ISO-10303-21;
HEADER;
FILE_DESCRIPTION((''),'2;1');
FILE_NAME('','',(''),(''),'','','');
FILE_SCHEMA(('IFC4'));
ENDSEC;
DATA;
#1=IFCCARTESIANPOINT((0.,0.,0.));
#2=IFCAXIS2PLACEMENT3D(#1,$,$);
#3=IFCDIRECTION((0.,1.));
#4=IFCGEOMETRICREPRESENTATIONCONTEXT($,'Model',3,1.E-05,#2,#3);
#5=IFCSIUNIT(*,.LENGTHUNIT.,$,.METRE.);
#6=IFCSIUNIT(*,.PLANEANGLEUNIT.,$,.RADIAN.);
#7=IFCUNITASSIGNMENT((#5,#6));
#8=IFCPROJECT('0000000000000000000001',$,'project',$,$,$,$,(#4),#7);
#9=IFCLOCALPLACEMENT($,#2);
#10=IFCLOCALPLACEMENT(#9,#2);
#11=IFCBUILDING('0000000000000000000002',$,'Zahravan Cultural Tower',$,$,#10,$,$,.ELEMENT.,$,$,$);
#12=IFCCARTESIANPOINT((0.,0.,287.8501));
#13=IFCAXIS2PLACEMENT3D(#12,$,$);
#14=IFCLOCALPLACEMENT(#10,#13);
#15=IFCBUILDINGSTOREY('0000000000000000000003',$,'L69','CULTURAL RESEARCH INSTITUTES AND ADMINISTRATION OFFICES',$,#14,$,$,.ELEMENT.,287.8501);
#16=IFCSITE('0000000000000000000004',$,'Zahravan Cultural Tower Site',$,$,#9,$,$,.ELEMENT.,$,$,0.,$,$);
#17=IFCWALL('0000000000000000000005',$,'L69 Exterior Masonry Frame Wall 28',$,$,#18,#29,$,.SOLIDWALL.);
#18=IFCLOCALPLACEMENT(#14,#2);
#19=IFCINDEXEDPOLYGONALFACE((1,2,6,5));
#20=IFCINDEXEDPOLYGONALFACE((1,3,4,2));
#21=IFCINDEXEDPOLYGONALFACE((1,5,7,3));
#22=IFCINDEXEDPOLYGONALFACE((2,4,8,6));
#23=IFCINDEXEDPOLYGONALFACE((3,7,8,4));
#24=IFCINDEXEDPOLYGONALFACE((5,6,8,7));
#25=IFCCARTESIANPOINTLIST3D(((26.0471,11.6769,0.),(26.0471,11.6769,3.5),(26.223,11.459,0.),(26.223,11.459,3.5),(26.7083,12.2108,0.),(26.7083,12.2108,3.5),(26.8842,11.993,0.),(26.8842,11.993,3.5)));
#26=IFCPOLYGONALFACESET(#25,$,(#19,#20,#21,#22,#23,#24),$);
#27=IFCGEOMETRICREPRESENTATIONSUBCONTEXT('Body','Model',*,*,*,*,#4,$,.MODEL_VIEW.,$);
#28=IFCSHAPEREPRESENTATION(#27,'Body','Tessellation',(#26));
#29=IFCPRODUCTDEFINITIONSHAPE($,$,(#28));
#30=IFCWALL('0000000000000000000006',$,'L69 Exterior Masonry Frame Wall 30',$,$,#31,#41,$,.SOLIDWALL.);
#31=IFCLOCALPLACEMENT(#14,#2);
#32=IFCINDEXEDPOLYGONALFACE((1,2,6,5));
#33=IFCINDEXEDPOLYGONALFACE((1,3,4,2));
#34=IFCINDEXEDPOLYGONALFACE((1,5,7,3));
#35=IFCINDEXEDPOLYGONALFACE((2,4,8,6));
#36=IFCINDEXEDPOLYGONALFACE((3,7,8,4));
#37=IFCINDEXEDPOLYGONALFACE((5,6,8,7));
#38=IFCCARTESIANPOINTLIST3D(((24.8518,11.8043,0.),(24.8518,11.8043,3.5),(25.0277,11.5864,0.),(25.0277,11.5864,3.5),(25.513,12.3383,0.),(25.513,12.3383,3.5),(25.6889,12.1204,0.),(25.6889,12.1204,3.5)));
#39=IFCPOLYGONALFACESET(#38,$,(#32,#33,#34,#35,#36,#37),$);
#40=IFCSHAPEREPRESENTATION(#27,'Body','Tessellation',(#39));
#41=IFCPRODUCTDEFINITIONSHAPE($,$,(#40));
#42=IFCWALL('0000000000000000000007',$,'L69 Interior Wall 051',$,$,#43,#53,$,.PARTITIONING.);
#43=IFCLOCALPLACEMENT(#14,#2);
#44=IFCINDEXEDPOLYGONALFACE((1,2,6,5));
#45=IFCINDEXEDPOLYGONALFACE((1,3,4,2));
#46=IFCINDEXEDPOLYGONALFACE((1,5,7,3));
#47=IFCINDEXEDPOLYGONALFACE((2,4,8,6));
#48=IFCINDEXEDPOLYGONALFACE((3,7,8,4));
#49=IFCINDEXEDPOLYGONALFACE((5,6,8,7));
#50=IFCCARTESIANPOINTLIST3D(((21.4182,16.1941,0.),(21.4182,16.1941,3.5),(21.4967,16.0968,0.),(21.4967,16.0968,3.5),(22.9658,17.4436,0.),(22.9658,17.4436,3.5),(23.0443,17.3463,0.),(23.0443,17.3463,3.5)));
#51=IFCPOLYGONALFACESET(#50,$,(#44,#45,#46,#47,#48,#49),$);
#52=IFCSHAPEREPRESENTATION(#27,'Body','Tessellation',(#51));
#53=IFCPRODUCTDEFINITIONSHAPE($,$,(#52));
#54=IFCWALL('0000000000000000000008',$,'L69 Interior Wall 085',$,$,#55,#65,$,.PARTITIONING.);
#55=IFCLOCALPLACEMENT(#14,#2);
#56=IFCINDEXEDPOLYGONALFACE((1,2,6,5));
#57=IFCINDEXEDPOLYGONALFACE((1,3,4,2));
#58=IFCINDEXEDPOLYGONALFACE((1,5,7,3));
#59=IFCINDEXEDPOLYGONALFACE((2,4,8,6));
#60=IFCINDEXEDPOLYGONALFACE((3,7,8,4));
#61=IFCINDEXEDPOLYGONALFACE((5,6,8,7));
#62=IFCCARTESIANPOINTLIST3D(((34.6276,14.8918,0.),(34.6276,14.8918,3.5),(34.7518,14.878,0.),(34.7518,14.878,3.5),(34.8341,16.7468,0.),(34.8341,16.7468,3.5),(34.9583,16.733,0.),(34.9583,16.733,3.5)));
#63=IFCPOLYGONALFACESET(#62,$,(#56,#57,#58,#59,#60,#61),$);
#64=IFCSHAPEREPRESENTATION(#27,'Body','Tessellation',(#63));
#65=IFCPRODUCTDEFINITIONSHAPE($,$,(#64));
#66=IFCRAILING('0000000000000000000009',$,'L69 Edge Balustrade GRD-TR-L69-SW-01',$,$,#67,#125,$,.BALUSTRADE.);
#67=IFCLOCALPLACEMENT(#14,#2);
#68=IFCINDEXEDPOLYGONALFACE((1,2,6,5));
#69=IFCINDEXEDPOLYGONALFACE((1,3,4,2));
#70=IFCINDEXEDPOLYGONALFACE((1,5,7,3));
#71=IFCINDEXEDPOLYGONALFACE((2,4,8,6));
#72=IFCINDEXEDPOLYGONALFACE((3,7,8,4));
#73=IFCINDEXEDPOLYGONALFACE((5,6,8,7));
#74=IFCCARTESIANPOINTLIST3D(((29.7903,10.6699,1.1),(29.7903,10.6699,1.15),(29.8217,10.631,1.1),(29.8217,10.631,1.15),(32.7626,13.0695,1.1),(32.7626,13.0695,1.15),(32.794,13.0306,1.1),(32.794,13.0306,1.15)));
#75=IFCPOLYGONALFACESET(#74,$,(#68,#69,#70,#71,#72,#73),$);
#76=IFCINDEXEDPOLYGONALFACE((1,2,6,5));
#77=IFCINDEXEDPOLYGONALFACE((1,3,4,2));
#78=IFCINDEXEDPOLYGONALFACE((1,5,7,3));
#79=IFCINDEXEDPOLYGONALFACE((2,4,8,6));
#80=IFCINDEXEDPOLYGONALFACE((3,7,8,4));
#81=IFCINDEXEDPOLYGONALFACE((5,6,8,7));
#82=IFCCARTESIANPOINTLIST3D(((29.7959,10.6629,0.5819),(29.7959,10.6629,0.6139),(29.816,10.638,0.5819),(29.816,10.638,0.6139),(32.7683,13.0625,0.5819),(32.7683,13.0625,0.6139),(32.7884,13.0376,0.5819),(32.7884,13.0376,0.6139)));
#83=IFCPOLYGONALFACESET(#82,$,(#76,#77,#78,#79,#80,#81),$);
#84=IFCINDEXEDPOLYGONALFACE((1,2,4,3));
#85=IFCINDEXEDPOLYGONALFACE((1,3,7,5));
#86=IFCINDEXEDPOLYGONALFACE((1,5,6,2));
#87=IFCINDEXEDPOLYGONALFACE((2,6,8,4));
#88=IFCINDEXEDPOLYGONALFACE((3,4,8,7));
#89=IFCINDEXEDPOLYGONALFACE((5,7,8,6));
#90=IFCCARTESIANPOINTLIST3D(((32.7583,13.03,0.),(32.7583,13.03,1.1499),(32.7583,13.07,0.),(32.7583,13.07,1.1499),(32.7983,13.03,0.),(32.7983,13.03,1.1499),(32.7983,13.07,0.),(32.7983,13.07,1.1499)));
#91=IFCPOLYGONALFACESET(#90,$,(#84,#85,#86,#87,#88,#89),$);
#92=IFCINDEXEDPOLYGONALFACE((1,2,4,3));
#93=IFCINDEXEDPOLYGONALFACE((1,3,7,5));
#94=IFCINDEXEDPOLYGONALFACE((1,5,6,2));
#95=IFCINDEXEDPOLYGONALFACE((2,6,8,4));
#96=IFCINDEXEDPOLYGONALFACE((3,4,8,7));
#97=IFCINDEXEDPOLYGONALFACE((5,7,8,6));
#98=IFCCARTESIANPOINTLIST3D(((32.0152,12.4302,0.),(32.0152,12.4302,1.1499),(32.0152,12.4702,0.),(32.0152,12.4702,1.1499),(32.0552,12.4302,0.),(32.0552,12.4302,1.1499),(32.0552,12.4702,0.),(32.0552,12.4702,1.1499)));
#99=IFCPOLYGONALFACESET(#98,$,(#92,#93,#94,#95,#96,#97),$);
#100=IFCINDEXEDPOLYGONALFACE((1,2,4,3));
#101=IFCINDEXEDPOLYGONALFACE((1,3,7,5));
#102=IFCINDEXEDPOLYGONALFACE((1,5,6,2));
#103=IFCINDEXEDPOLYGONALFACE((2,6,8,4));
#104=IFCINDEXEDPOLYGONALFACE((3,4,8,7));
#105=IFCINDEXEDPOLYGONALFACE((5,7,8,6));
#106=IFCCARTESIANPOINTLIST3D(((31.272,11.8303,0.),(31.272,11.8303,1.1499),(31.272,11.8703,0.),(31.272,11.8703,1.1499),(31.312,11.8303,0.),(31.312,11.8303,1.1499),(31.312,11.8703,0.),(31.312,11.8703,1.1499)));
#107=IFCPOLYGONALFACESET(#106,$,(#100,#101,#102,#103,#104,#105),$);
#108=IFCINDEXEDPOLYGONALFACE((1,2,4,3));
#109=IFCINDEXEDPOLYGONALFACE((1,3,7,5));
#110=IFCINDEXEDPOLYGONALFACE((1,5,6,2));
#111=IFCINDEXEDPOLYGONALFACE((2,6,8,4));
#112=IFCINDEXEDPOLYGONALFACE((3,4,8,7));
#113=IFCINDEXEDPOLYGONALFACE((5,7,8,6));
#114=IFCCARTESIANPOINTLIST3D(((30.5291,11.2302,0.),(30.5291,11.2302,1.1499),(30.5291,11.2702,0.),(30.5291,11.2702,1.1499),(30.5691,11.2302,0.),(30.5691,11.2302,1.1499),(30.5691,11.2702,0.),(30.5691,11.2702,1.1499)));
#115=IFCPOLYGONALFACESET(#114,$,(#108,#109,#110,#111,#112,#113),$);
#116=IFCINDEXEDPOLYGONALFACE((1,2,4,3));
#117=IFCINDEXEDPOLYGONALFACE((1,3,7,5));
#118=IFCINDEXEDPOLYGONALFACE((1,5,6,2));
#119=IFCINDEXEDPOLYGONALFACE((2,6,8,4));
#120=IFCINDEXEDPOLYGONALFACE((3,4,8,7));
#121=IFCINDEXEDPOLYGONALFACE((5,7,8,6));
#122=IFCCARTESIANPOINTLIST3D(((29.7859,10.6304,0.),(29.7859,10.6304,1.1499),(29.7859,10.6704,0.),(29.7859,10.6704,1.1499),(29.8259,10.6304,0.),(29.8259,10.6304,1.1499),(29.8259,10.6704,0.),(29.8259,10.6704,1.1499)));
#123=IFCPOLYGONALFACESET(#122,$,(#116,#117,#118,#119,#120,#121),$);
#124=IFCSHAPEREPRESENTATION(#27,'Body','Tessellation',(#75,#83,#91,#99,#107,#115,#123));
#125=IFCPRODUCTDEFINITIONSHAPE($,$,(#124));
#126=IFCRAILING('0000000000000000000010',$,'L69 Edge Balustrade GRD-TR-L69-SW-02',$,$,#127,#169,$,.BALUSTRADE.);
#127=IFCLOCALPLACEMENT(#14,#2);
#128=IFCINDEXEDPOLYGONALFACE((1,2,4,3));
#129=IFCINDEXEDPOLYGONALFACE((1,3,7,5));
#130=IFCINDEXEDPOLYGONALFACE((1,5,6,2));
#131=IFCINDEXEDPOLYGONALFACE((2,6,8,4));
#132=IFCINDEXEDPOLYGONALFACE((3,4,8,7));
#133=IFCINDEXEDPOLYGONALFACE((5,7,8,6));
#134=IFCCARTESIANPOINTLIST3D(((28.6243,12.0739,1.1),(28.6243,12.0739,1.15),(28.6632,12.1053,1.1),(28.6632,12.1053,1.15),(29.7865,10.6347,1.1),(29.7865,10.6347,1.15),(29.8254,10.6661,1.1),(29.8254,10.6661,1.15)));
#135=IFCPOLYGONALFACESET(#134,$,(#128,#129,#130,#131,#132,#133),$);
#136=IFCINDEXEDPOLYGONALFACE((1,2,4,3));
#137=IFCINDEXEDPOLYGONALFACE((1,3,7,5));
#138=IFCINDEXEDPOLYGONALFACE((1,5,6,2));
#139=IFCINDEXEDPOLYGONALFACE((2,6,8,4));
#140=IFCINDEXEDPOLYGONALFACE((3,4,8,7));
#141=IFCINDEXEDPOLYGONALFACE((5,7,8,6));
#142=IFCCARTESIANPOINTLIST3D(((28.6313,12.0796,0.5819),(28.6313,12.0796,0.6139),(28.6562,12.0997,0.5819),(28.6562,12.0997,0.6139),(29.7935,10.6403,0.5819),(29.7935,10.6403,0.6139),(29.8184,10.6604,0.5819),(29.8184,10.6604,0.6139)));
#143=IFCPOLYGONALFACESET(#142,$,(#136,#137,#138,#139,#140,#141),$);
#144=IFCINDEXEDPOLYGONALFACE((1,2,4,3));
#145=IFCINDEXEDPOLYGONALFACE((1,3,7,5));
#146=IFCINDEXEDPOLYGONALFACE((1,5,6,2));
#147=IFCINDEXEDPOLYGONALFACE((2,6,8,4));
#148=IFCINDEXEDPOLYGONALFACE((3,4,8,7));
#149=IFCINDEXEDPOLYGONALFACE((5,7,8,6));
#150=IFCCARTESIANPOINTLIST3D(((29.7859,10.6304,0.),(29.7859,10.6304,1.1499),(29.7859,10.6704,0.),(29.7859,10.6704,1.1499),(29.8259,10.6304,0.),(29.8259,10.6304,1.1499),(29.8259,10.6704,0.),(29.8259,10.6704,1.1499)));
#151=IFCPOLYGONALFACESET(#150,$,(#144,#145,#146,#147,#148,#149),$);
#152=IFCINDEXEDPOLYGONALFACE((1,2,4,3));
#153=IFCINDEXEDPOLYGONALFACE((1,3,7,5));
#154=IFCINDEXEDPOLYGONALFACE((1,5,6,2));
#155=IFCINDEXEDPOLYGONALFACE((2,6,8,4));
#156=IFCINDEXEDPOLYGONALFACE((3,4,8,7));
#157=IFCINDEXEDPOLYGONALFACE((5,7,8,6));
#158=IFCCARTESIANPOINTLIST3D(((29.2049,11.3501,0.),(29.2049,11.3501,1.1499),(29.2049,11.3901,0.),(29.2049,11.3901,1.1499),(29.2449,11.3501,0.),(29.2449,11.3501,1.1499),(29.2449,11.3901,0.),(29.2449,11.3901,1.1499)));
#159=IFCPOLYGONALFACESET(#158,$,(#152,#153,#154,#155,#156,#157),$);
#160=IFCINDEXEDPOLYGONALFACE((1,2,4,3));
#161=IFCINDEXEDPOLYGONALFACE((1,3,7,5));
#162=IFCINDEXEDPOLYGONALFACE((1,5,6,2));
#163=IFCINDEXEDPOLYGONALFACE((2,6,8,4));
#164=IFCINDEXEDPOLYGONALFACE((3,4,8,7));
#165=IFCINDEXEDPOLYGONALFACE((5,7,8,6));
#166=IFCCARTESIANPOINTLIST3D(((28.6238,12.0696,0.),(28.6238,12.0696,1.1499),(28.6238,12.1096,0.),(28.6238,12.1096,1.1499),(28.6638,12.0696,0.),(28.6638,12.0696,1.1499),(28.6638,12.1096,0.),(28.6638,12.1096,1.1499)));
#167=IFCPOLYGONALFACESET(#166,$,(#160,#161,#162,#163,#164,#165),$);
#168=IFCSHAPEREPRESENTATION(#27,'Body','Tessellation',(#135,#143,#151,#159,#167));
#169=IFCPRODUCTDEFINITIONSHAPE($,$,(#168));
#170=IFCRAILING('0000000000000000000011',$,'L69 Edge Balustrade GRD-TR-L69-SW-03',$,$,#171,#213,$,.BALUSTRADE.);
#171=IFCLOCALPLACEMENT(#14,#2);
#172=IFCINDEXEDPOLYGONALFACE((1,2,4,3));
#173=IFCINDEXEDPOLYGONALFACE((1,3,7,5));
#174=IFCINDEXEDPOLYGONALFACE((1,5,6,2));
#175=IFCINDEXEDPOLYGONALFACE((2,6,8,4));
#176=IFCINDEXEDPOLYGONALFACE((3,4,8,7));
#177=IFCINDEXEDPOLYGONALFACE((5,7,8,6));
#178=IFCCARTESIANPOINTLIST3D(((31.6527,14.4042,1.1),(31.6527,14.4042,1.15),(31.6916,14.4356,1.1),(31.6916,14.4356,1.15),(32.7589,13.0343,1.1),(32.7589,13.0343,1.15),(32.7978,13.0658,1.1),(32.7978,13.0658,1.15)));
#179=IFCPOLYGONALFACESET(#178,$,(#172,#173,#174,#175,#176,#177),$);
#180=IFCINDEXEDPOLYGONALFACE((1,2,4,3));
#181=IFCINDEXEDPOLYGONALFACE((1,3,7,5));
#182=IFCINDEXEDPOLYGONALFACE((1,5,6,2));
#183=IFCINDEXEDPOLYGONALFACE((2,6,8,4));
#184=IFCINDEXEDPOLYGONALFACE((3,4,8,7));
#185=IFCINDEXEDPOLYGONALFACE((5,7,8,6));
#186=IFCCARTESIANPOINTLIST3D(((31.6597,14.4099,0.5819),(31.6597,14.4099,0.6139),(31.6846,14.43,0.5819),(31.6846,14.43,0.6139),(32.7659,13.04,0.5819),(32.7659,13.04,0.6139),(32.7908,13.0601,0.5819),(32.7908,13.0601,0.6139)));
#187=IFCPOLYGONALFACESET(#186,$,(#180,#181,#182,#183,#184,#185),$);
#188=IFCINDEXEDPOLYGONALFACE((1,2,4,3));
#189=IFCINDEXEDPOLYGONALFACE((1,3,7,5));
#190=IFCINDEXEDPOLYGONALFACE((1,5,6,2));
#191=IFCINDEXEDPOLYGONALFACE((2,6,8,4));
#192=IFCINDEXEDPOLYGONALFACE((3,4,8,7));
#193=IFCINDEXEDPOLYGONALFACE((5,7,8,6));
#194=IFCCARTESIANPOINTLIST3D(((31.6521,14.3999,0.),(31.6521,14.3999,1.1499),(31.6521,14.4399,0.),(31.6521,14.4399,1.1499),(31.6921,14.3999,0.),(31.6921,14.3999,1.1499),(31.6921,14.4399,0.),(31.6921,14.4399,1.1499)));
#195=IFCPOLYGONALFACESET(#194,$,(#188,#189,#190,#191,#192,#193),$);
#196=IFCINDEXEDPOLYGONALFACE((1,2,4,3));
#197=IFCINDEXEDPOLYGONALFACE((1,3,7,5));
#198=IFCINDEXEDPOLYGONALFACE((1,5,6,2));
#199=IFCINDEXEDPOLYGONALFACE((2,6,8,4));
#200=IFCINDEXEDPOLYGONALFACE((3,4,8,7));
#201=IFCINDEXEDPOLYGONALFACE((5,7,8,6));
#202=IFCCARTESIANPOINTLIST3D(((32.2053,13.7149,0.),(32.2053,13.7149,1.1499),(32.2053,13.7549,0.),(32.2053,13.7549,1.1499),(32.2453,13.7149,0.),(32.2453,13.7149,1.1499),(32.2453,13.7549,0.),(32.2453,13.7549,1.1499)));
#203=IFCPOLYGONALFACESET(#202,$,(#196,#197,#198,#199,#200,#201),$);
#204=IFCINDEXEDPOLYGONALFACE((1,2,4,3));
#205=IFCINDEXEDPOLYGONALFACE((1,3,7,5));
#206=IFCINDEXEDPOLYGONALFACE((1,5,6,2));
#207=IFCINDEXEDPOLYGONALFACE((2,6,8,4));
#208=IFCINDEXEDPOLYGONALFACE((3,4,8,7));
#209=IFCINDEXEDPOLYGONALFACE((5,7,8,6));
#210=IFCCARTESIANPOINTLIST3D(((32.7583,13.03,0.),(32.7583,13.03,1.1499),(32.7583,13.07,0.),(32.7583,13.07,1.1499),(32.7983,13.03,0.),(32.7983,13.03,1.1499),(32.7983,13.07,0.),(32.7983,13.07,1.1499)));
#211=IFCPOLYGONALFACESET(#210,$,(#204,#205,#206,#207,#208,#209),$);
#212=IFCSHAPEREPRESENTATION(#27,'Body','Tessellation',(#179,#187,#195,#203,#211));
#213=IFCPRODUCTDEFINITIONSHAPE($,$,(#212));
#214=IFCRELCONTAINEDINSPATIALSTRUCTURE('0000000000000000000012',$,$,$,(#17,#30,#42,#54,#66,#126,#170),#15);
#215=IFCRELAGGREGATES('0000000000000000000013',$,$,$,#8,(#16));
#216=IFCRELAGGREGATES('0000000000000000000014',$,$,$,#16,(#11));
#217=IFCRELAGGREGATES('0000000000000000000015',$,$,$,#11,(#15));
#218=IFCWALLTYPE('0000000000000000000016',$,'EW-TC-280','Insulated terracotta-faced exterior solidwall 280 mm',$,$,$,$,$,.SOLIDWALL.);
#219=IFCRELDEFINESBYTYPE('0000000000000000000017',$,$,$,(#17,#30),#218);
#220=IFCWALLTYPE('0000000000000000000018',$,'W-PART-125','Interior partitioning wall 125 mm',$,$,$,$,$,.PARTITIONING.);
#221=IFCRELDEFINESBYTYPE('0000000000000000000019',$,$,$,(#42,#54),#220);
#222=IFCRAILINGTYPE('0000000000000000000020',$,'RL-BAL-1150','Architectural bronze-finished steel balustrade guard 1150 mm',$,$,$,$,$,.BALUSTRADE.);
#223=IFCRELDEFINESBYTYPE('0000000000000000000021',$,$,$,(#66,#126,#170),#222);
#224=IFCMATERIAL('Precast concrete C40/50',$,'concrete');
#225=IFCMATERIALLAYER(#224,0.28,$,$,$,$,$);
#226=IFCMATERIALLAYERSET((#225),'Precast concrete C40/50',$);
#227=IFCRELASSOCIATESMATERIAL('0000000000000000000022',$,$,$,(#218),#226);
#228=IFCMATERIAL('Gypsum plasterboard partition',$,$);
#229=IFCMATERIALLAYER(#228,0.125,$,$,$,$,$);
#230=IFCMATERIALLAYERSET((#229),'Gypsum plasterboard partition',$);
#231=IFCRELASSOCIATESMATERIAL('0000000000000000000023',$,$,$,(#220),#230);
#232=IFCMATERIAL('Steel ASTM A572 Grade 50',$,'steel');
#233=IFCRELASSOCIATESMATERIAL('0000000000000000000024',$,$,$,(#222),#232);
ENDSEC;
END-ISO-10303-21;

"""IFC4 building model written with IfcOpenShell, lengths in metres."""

from ifc_helpers import new_model, si_unit, direction, frame, frame_2d, origin, origin_2d, place, context, subcontext, project, spatial, rectangle, extrude, source, transform, mapped, material, layer, layer_set, type_object, element, save


model = new_model("IFC4")

# Units and contexts
model_context = context("Model", 3, precision=1e-05, world=origin(), true_north=direction((0.0, 1.0)))
body_context = subcontext(model_context, "Body", "Model", "MODEL_VIEW")
ifc_project = project(units=[si_unit("LENGTHUNIT", "METRE"), si_unit("PLANEANGLEUNIT", "RADIAN")], contexts=[model_context])

# Site, building, storey
site_placement = place(None, origin())
site = spatial("IfcSite", under=ifc_project, at=site_placement, Name="Zahravan Cultural Tower Site", CompositionType="ELEMENT", RefElevation=0.0)
building_placement = place(site_placement, origin())
building = spatial("IfcBuilding", under=site, at=building_placement, Name="Zahravan Cultural Tower", CompositionType="ELEMENT")
storey_placement = place(building_placement, frame((0.0, 0.0, 287.8501)))
storey = spatial("IfcBuildingStorey", under=building, at=storey_placement, Name="L69", Description="CULTURAL RESEARCH INSTITUTES AND ADMINISTRATION OFFICES", CompositionType="ELEMENT", Elevation=287.8501)

# Shared definitions
ifc_material_1 = material(Name="Precast concrete C40/50", Category="concrete")
ifc_layer_1 = layer(ifc_material_1, 0.28)
ifc_layer_set_1 = layer_set([ifc_layer_1], Name="Precast concrete C40/50")
wall_type_1 = type_object("IfcWallType", Name="EW-TC-280", Description="Insulated terracotta-faced exterior solidwall 280 mm", PredefinedType="SOLIDWALL", material=ifc_layer_set_1)

# Shared definitions
ifc_material_2 = material(Name="Gypsum plasterboard partition")
ifc_layer_2 = layer(ifc_material_2, 0.125)
ifc_layer_set_2 = layer_set([ifc_layer_2], Name="Gypsum plasterboard partition")
wall_type_2 = type_object("IfcWallType", Name="W-PART-125", Description="Interior partitioning wall 125 mm", PredefinedType="PARTITIONING", material=ifc_layer_set_2)

# Walls
shared_shape_1 = source(origin(), body_context, "Body", "SweptSolid", [
    extrude(rectangle(XDim=0.8499, YDim=0.28, at=frame_2d((0.4248, 0.0))), origin(), (0.0, 0.0, 1.0), 3.5),
])
for number, where, z_axis, x_axis, name in (
    (1, (26.7961, 12.1018, 0.0), (0.0, 0.0, 1.0), (-0.777974, -0.628297, 0.0), "L69 Exterior Masonry Frame Wall 28"),
    (2, (25.6008, 12.2292, 0.0), (0.0, 0.0, 1.0), (-0.777974, -0.628297, 0.0), "L69 Exterior Masonry Frame Wall 30"),
):
    element("IfcWall", number, at=place(storey_placement, frame(where, z_axis=z_axis, x_axis=x_axis)), inside=storey, type_object=wall_type_1, Name=name, PredefinedType="SOLIDWALL", context=body_context, shape_type="MappedRepresentation", body=[
        mapped(shared_shape_1, transform((0.0, 0.0, 0.0), x_axis=(1.0, 0.0, 0.0), y_axis=(0.0, 1.0, 0.0), z_axis=(0.0, 0.0, 1.0), scale=1.0)),
    ])
shared_shape_2 = source(origin(), body_context, "Body", "SweptSolid", [
    extrude(rectangle(XDim=1.989, YDim=0.125, at=frame_2d((0.9946, 0.0))), origin(), (0.0, 0.0, 1.0), 3.5),
])
wall_1_placement = place(storey_placement, frame((23.0051, 17.395, 0.0), z_axis=(0.0, 0.0, 1.0), x_axis=(-0.778059, -0.628191, 0.0)))
element("IfcWall", 3, at=wall_1_placement, inside=storey, type_object=wall_type_2, Name="L69 Interior Wall 051", PredefinedType="PARTITIONING", context=body_context, shape_type="MappedRepresentation", body=[
    mapped(shared_shape_2, transform((0.0, 0.0, 0.0), x_axis=(1.0, 0.0, 0.0), y_axis=(0.0, 1.0, 0.0), z_axis=(0.0, 0.0, 1.0), scale=1.0)),
])
shared_shape_3 = source(origin(), body_context, "Body", "SweptSolid", [
    extrude(rectangle(XDim=1.8665, YDim=0.125, at=frame_2d((0.9331, 0.0))), origin(), (0.0, 0.0, 1.0), 3.5),
])
wall_2_placement = place(storey_placement, frame((34.6897, 14.885, 0.0), z_axis=(0.0, 0.0, 1.0), x_axis=(0.110661, 0.993858, 0.0)))
element("IfcWall", 4, at=wall_2_placement, inside=storey, type_object=wall_type_2, Name="L69 Interior Wall 085", PredefinedType="PARTITIONING", context=body_context, shape_type="MappedRepresentation", body=[
    mapped(shared_shape_3, transform((0.0, 0.0, 0.0), x_axis=(1.0, 0.0, 0.0), y_axis=(0.0, 1.0, 0.0), z_axis=(0.0, 0.0, 1.0), scale=1.0)),
])

# Railings
ifc_material_3 = material(Name="Steel ASTM A572 Grade 50", Category="steel")
railing_type = type_object("IfcRailingType", Name="RL-BAL-1150", Description="Architectural bronze-finished steel balustrade guard 1150 mm", PredefinedType="BALUSTRADE", material=ifc_material_3)
railing_1_placement = place(storey_placement, frame((32.7783, 13.05, 0.0)))
element("IfcRailing", 5, at=railing_1_placement, inside=storey, type_object=railing_type, Name="L69 Edge Balustrade GRD-TR-L69-SW-01", PredefinedType="BALUSTRADE", context=body_context, shape_type="SweptSolid", body=[
    extrude(rectangle(XDim=0.05, YDim=0.05, at=origin_2d()), frame((0.0, 0.0, 1.125), z_axis=(-0.778087, -0.628157, 0.0), x_axis=(0.628157, -0.778087, 0.0)), (0.0, 0.0, 1.0), 3.8201),
    extrude(rectangle(XDim=0.032, YDim=0.032, at=origin_2d()), frame((0.0, 0.0, 0.5979), z_axis=(-0.778087, -0.628157, 0.0), x_axis=(0.628157, -0.778087, 0.0)), (0.0, 0.0, 1.0), 3.8201),
    extrude(rectangle(XDim=0.04, YDim=0.04, at=origin_2d()), origin(), (0.0, 0.0, 1.0), 1.1499),
    extrude(rectangle(XDim=0.04, YDim=0.04, at=origin_2d()), frame((-0.7432, -0.5999, 0.0)), (0.0, 0.0, 1.0), 1.1499),
    extrude(rectangle(XDim=0.04, YDim=0.04, at=origin_2d()), frame((-1.4863, -1.1997, 0.0)), (0.0, 0.0, 1.0), 1.1499),
    extrude(rectangle(XDim=0.04, YDim=0.04, at=origin_2d()), frame((-2.2292, -1.7998, 0.0)), (0.0, 0.0, 1.0), 1.1499),
    extrude(rectangle(XDim=0.04, YDim=0.04, at=origin_2d()), frame((-2.9724, -2.3997, 0.0)), (0.0, 0.0, 1.0), 1.1499),
])
railing_2_placement = place(storey_placement, frame((29.8059, 10.6504, 0.0)))
element("IfcRailing", 6, at=railing_2_placement, inside=storey, type_object=railing_type, Name="L69 Edge Balustrade GRD-TR-L69-SW-02", PredefinedType="BALUSTRADE", context=body_context, shape_type="SweptSolid", body=[
    extrude(rectangle(XDim=0.05, YDim=0.05, at=origin_2d()), frame((0.0, 0.0, 1.125), z_axis=(-0.62823, 0.778028, 0.0), x_axis=(-0.778028, -0.62823, 0.0)), (0.0, 0.0, 1.0), 1.8499),
    extrude(rectangle(XDim=0.032, YDim=0.032, at=origin_2d()), frame((0.0, 0.0, 0.5979), z_axis=(-0.62823, 0.778028, 0.0), x_axis=(-0.778028, -0.62823, 0.0)), (0.0, 0.0, 1.0), 1.8499),
    extrude(rectangle(XDim=0.04, YDim=0.04, at=origin_2d()), origin(), (0.0, 0.0, 1.0), 1.1499),
    extrude(rectangle(XDim=0.04, YDim=0.04, at=origin_2d()), frame((-0.5811, 0.7197, 0.0)), (0.0, 0.0, 1.0), 1.1499),
    extrude(rectangle(XDim=0.04, YDim=0.04, at=origin_2d()), frame((-1.1621, 1.4392, 0.0)), (0.0, 0.0, 1.0), 1.1499),
])
railing_3_placement = place(storey_placement, frame((31.6721, 14.4199, 0.0)))
element("IfcRailing", 7, at=railing_3_placement, inside=storey, type_object=railing_type, Name="L69 Edge Balustrade GRD-TR-L69-SW-03", PredefinedType="BALUSTRADE", context=body_context, shape_type="SweptSolid", body=[
    extrude(rectangle(XDim=0.05, YDim=0.05, at=origin_2d()), frame((0.0, 0.0, 1.125), z_axis=(0.628256, -0.778006, 0.0), x_axis=(0.778006, 0.628256, 0.0)), (0.0, 0.0, 1.0), 1.7607),
    extrude(rectangle(XDim=0.032, YDim=0.032, at=origin_2d()), frame((0.0, 0.0, 0.5979), z_axis=(0.628256, -0.778006, 0.0), x_axis=(0.778006, 0.628256, 0.0)), (0.0, 0.0, 1.0), 1.7607),
    extrude(rectangle(XDim=0.04, YDim=0.04, at=origin_2d()), origin(), (0.0, 0.0, 1.0), 1.1499),
    extrude(rectangle(XDim=0.04, YDim=0.04, at=origin_2d()), frame((0.5532, -0.6851, 0.0)), (0.0, 0.0, 1.0), 1.1499),
    extrude(rectangle(XDim=0.04, YDim=0.04, at=origin_2d()), frame((1.1062, -1.3699, 0.0)), (0.0, 0.0, 1.0), 1.1499),
])

save(model, "model.ifc")
